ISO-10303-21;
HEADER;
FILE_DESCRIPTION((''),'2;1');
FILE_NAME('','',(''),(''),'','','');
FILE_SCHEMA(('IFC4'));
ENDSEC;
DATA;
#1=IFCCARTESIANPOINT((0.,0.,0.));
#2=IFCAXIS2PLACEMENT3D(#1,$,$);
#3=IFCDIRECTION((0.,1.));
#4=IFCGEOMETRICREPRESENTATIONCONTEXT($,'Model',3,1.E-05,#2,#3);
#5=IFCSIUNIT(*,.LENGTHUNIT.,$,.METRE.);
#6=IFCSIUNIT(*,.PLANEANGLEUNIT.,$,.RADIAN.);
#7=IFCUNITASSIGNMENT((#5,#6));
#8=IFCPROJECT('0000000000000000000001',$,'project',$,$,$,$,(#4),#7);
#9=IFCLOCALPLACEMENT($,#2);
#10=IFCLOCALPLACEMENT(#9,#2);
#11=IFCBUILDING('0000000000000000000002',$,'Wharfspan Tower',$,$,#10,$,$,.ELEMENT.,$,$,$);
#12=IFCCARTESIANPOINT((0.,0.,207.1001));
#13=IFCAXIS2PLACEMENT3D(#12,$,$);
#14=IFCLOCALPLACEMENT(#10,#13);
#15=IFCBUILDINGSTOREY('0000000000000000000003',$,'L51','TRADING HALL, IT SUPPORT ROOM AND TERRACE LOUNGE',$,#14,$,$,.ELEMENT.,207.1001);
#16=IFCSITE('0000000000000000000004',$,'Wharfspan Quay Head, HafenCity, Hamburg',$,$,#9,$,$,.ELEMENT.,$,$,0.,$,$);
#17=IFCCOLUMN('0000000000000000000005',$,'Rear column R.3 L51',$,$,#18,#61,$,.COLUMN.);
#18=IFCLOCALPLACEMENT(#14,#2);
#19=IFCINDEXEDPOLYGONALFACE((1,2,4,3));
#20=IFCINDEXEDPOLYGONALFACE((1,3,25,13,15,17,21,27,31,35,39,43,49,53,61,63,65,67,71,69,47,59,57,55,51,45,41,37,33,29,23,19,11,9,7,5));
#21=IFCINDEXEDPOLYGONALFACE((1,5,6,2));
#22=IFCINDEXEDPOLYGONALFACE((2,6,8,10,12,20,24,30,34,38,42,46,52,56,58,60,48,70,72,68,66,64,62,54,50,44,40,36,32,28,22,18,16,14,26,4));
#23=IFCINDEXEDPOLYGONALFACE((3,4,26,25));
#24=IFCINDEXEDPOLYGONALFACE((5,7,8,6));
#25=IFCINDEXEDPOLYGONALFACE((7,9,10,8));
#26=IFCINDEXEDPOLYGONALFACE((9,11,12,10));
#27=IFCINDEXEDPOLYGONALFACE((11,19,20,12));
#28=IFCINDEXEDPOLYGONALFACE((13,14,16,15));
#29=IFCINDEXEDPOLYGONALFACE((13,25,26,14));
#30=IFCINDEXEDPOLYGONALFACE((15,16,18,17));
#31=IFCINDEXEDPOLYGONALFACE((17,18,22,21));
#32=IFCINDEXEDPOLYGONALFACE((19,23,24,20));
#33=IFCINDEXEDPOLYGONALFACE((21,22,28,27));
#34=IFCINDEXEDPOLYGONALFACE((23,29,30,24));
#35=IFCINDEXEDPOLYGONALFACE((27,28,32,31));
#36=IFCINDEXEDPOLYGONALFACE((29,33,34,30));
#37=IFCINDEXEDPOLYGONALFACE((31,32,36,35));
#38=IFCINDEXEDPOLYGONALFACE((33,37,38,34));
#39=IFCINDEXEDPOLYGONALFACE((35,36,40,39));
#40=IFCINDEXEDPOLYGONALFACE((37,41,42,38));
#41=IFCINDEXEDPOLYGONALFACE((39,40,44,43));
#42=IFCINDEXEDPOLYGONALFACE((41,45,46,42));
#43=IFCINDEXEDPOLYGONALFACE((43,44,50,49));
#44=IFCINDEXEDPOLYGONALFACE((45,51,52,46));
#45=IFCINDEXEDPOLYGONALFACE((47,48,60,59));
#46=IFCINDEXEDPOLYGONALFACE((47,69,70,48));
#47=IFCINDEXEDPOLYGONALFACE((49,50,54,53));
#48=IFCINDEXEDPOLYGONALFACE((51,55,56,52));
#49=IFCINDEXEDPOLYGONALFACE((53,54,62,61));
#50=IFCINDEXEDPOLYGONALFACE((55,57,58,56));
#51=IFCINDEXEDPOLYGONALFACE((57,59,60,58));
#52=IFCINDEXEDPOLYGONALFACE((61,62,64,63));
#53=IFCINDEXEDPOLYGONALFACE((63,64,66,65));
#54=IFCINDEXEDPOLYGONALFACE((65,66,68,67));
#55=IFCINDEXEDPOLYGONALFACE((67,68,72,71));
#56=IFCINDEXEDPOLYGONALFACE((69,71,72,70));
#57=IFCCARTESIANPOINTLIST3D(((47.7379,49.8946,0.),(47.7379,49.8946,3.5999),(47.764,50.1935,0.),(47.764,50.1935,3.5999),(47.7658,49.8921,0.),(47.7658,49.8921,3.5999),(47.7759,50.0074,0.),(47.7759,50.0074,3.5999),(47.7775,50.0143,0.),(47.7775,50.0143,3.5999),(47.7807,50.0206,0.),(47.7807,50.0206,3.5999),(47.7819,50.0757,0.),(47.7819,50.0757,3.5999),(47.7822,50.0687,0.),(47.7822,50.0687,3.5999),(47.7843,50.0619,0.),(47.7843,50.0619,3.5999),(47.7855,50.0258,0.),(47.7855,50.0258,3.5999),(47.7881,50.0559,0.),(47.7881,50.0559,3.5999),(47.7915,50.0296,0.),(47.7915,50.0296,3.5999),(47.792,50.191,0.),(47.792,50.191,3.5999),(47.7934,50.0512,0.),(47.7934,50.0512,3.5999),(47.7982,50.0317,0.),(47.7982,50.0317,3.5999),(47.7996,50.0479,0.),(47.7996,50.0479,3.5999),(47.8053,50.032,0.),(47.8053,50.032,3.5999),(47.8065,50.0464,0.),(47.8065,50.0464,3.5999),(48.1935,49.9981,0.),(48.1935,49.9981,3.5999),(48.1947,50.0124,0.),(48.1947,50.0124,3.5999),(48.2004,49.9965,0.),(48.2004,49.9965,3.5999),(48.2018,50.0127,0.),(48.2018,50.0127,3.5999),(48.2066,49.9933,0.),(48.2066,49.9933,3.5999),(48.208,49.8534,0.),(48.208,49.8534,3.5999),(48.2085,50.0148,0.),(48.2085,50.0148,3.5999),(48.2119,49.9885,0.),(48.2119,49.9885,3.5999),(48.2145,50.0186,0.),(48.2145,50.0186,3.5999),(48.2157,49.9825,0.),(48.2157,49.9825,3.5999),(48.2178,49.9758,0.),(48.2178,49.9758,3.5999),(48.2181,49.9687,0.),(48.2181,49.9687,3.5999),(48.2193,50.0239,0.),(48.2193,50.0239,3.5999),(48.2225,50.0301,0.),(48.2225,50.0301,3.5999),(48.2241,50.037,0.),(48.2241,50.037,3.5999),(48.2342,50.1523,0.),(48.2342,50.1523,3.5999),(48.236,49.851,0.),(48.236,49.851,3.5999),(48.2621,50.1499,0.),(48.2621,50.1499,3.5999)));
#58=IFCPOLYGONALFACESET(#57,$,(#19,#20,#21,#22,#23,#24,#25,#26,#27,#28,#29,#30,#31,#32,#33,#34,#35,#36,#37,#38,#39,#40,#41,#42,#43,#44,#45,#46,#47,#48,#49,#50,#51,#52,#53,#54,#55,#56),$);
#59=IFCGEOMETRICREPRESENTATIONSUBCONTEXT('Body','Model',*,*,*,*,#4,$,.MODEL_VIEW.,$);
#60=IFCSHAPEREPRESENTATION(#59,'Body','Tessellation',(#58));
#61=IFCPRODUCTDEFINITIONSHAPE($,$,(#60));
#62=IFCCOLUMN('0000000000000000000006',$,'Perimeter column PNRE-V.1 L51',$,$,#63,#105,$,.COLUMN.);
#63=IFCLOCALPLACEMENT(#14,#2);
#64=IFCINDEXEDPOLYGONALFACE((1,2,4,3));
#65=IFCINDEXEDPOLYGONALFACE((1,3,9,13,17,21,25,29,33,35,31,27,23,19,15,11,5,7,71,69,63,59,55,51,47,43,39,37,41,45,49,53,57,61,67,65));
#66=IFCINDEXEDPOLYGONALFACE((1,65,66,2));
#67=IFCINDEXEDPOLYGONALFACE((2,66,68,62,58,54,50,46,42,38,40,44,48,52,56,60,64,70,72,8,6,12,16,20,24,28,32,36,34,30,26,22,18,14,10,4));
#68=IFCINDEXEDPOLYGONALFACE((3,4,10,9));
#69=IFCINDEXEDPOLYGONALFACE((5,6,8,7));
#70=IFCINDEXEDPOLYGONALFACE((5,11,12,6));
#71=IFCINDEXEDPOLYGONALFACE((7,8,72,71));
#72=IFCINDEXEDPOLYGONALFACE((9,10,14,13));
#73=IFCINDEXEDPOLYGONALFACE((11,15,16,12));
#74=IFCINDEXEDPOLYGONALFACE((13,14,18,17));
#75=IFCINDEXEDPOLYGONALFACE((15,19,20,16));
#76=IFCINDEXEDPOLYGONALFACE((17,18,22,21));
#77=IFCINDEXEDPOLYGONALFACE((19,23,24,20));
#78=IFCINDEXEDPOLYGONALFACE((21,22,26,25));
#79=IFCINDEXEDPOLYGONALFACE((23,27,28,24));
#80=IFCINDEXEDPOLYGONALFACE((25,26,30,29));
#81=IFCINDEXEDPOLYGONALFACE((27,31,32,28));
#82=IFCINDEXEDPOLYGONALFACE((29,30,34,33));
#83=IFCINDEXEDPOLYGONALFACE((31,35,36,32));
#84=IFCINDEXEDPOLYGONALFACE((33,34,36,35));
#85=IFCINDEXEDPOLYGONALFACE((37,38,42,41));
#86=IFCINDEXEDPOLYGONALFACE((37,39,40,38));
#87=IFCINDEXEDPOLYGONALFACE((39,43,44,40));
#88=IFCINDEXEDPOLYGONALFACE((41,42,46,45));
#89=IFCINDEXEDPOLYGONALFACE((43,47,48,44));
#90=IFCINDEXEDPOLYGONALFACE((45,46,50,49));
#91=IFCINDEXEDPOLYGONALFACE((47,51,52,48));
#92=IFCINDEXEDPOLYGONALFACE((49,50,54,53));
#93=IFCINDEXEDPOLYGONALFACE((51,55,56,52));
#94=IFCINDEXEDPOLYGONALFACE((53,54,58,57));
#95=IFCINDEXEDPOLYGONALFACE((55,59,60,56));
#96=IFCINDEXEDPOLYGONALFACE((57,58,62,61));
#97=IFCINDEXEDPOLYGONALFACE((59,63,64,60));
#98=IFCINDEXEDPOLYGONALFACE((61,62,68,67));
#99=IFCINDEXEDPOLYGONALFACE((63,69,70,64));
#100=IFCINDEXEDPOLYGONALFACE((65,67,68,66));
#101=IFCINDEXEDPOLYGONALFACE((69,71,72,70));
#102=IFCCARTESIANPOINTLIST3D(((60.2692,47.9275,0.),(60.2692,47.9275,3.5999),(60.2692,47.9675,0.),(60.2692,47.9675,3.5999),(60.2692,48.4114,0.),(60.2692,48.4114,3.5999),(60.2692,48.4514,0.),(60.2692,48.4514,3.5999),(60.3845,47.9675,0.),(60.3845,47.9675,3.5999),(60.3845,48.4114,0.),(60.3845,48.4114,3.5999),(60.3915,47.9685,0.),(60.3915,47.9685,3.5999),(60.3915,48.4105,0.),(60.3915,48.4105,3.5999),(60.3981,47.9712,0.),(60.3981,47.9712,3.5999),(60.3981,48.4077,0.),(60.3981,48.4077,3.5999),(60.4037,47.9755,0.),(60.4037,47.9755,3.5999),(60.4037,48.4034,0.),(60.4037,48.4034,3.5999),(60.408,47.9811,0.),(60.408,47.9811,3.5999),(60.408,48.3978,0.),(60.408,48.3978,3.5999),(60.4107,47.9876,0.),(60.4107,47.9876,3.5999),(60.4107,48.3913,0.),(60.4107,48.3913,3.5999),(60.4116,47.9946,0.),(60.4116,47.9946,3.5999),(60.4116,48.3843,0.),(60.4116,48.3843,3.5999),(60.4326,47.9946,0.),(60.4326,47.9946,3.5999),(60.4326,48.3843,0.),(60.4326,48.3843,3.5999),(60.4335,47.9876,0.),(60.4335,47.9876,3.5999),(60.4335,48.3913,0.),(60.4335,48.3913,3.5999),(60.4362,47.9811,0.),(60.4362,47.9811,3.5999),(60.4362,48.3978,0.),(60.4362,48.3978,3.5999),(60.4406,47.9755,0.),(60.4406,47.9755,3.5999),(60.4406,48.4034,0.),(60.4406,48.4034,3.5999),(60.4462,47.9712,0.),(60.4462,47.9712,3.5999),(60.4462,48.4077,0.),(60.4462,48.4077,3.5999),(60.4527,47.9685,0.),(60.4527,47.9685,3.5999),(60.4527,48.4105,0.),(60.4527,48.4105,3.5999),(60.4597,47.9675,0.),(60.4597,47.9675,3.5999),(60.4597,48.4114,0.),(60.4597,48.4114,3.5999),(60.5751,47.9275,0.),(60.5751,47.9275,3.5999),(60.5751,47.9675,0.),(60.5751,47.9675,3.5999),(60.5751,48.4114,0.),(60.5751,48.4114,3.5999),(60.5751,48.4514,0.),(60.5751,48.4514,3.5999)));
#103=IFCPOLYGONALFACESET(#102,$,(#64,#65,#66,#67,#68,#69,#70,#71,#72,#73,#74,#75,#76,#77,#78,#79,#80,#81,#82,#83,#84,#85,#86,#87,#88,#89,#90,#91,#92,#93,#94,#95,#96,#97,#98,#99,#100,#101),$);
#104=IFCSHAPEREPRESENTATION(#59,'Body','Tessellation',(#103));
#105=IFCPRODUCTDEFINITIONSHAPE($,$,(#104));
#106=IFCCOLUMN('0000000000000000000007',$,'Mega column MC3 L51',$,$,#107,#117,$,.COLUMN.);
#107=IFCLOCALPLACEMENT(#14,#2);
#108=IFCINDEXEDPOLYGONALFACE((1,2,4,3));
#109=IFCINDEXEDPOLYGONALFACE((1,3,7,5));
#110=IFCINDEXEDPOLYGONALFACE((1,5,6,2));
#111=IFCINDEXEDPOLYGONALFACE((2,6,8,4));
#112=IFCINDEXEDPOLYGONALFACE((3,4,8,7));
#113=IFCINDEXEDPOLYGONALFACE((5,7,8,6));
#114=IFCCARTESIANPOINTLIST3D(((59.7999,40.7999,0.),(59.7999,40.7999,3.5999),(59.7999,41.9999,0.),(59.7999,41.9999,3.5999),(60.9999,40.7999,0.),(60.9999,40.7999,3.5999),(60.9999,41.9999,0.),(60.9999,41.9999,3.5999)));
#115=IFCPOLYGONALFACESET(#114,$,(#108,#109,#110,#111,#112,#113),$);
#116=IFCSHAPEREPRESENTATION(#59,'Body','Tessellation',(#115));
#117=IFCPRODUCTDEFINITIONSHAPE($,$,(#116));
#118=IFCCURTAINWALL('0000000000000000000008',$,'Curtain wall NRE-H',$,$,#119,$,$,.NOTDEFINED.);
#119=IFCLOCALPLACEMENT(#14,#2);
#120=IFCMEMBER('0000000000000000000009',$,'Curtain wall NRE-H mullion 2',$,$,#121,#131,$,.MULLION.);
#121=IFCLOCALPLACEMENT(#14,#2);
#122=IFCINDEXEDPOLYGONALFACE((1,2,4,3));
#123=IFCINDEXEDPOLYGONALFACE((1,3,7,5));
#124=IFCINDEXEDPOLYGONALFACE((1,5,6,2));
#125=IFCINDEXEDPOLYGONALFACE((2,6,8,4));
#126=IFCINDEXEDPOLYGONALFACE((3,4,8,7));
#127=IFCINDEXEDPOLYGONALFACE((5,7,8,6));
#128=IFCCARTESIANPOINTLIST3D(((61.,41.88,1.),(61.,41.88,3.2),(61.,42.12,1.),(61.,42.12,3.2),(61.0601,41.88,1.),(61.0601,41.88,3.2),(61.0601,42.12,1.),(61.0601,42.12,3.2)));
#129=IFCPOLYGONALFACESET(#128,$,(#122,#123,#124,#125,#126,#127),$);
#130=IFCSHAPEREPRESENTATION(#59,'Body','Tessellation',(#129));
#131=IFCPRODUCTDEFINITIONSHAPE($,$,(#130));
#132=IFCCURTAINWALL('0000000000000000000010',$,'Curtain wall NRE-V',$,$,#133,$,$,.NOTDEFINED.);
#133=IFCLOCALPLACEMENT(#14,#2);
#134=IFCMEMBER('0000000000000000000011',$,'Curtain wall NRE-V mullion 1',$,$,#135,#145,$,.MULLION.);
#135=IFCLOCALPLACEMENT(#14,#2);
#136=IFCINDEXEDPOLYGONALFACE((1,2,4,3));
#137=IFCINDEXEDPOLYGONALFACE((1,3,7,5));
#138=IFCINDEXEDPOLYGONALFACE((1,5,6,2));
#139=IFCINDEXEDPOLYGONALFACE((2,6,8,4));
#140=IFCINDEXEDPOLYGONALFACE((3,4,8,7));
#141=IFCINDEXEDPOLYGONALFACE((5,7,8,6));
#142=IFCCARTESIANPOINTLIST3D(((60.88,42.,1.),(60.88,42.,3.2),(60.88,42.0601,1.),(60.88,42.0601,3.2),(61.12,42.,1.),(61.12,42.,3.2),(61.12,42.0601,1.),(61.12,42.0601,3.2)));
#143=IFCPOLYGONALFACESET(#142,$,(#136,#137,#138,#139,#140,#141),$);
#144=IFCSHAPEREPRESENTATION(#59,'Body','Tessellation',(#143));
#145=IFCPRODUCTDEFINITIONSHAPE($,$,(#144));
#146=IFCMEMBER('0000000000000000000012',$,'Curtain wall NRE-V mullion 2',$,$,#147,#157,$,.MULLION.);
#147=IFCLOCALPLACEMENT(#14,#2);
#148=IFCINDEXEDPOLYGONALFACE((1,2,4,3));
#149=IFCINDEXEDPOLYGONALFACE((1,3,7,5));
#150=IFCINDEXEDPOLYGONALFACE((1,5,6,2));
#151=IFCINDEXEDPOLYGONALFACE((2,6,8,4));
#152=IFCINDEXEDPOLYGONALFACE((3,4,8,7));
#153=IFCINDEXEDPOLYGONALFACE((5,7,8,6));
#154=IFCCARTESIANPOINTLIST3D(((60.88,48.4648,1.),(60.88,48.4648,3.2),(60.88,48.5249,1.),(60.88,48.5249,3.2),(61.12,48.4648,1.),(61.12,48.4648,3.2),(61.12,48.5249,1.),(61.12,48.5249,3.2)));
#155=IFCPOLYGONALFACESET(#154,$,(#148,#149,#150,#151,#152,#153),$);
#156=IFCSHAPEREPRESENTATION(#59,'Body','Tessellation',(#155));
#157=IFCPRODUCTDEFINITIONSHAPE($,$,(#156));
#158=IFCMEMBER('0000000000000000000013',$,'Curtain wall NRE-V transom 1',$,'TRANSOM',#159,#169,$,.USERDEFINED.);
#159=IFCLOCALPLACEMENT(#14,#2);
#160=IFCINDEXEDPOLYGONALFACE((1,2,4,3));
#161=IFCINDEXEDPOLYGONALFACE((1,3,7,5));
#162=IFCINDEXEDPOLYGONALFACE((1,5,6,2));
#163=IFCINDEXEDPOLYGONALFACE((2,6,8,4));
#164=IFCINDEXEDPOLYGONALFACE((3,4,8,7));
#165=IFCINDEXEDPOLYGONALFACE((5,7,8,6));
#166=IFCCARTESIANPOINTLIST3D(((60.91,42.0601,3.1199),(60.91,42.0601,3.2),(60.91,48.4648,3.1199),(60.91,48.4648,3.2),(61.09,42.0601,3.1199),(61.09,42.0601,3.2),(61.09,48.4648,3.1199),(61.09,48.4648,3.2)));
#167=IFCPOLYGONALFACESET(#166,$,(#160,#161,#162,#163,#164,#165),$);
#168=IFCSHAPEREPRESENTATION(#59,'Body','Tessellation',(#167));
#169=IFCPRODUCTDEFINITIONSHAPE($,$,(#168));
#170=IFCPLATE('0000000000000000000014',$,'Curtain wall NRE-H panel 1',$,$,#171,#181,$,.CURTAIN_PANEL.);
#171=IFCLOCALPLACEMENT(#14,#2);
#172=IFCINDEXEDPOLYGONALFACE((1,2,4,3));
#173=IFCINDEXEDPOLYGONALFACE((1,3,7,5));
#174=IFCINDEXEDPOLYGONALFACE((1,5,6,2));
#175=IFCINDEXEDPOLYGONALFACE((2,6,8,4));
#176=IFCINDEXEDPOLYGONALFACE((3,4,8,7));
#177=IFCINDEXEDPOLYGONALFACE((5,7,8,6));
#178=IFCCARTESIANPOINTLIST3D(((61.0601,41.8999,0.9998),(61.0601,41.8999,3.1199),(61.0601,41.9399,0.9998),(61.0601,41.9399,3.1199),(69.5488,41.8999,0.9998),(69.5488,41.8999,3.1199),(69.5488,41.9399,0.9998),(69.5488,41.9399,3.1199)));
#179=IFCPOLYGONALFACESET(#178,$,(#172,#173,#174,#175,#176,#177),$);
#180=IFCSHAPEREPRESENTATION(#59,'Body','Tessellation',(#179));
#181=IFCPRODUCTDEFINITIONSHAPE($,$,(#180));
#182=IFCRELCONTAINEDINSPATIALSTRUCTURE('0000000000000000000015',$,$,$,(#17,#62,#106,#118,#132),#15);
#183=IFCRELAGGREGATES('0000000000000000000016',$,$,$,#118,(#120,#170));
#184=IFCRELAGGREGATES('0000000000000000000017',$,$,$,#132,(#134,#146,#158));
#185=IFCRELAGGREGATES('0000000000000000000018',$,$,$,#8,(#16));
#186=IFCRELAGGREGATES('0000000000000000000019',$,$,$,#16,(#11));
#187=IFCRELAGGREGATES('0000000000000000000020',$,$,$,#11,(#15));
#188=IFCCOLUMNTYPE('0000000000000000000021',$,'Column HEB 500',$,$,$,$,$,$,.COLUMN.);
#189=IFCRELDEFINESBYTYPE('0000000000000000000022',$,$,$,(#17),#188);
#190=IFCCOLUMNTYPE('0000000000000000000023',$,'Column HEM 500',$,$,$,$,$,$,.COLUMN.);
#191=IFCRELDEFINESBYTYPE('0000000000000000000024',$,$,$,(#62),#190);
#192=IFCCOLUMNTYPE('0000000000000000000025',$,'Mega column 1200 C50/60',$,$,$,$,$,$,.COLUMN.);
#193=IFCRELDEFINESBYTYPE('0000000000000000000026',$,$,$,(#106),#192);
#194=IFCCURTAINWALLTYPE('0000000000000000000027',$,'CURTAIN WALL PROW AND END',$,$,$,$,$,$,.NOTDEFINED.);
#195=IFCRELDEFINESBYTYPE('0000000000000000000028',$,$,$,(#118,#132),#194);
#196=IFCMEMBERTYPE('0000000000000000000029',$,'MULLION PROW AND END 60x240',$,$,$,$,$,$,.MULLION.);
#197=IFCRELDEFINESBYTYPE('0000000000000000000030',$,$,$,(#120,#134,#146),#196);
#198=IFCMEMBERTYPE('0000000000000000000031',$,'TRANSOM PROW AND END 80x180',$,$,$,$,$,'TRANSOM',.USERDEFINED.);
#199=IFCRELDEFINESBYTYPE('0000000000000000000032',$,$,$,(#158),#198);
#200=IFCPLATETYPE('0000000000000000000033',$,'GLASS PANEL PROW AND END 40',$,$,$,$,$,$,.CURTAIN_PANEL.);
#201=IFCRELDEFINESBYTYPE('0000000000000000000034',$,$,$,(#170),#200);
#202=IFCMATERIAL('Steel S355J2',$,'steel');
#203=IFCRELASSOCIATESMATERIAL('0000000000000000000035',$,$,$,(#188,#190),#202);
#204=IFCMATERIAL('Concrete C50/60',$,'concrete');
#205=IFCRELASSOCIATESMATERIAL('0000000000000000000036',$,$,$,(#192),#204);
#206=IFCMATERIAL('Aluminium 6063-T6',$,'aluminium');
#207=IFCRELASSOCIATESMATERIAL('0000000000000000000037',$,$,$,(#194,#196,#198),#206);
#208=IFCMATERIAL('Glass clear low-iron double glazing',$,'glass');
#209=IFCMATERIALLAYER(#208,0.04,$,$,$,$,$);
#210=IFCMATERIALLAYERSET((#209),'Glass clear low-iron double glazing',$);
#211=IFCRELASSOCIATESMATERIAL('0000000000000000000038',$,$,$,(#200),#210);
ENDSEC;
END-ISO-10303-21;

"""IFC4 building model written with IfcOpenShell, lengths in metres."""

from ifc_helpers import new_model, si_unit, direction, frame, origin, origin_2d, place, context, subcontext, project, spatial, rectangle, i_section, extrude, material, layer, layer_set, material_profile, profile_set, type_object, element, aggregate, save


model = new_model("IFC4")

# Units and contexts
model_context = context("Model", 3, precision=1e-05, world=origin(), true_north=direction((0.0, 1.0)))
body_context = subcontext(model_context, "Body", "Model", "MODEL_VIEW")
ifc_project = project(units=[si_unit("LENGTHUNIT", "METRE"), si_unit("PLANEANGLEUNIT", "RADIAN")], contexts=[model_context])

# Site, building, storey
site_placement = place(None, origin())
site = spatial("IfcSite", under=ifc_project, at=site_placement, Name="Wharfspan Quay Head, HafenCity, Hamburg", CompositionType="ELEMENT", RefElevation=0.0)
building_placement = place(site_placement, origin())
building = spatial("IfcBuilding", under=site, at=building_placement, Name="Wharfspan Tower", CompositionType="ELEMENT")
storey_placement = place(building_placement, frame((0.0, 0.0, 207.1001)))
storey = spatial("IfcBuildingStorey", under=building, at=storey_placement, Name="L51", Description="TRADING HALL, IT SUPPORT ROOM AND TERRACE LOUNGE", CompositionType="ELEMENT", Elevation=207.1001)

# Columns
ifc_material_1 = material(Name="Steel S355J2", Category="steel")
ifc_material_profile_1 = material_profile(ifc_material_1, i_section(OverallWidth=0.3, OverallDepth=0.5, WebThickness=0.0144, FlangeThickness=0.0281, FilletRadius=0.0271, at=origin_2d()))
ifc_profile_set_1 = profile_set([ifc_material_profile_1], Name="Steel S355J2")
column_type_1 = type_object("IfcColumnType", Name="Column HEB 500", PredefinedType="COLUMN", material=ifc_profile_set_1)
column_1_placement = place(storey_placement, frame((48.0, 50.0222, 0.0), z_axis=(0.0, 0.0, 1.0), x_axis=(0.087156, 0.996197, 0.0)))
element("IfcColumn", 1, at=column_1_placement, inside=storey, type_object=column_type_1, Name="Rear column R.3 L51", PredefinedType="COLUMN", context=body_context, shape_type="SweptSolid", body=[
    extrude(i_section(OverallWidth=0.3, OverallDepth=0.5, WebThickness=0.0144, FlangeThickness=0.0281, FilletRadius=0.0271, at=origin_2d()), origin(), (0.0, 0.0, 1.0), 3.5999),
])
ifc_material_profile_2 = material_profile(ifc_material_1, i_section(OverallWidth=0.3059, OverallDepth=0.5239, WebThickness=0.021, FlangeThickness=0.04, FilletRadius=0.0271, at=origin_2d()))
ifc_profile_set_2 = profile_set([ifc_material_profile_2], Name="Steel S355J2")
column_type_2 = type_object("IfcColumnType", Name="Column HEM 500", PredefinedType="COLUMN", material=ifc_profile_set_2)
column_2_placement = place(storey_placement, frame((60.4221, 48.1895, 0.0), z_axis=(0.0, 0.0, 1.0), x_axis=(1.0, 0.0, 0.0)))
element("IfcColumn", 2, at=column_2_placement, inside=storey, type_object=column_type_2, Name="Perimeter column PNRE-V.1 L51", PredefinedType="COLUMN", context=body_context, shape_type="SweptSolid", body=[
    extrude(i_section(OverallWidth=0.3059, OverallDepth=0.5239, WebThickness=0.021, FlangeThickness=0.04, FilletRadius=0.0271, at=origin_2d()), origin(), (0.0, 0.0, 1.0), 3.5999),
])
ifc_material_2 = material(Name="Concrete C50/60", Category="concrete")
ifc_material_profile_3 = material_profile(ifc_material_2, rectangle(XDim=1.2, YDim=1.2, at=origin_2d()))
ifc_profile_set_3 = profile_set([ifc_material_profile_3], Name="Concrete C50/60")
column_type_3 = type_object("IfcColumnType", Name="Mega column 1200 C50/60", PredefinedType="COLUMN", material=ifc_profile_set_3)
column_3_placement = place(storey_placement, frame((60.3999, 41.3999, 0.0), z_axis=(0.0, 0.0, 1.0), x_axis=(1.0, 0.0, 0.0)))
element("IfcColumn", 3, at=column_3_placement, inside=storey, type_object=column_type_3, Name="Mega column MC3 L51", PredefinedType="COLUMN", context=body_context, shape_type="SweptSolid", body=[
    extrude(rectangle(XDim=1.2, YDim=1.2, at=origin_2d()), origin(), (0.0, 0.0, 1.0), 3.5999),
])

# Curtain wall, member
ifc_material_3 = material(Name="Aluminium 6063-T6", Category="aluminium")
curtain_wall_type = type_object("IfcCurtainWallType", Name="CURTAIN WALL PROW AND END", PredefinedType="NOTDEFINED", material=ifc_material_3)
curtain_wall_1_placement = place(storey_placement, origin())
curtain_wall_1 = element("IfcCurtainWall", 4, at=curtain_wall_1_placement, inside=storey, type_object=curtain_wall_type, Name="Curtain wall NRE-H", PredefinedType="NOTDEFINED")
ifc_material_profile_4 = material_profile(ifc_material_3, rectangle(XDim=0.24, YDim=0.0601, at=origin_2d()))
ifc_profile_set_4 = profile_set([ifc_material_profile_4], Name="Aluminium 6063-T6")
member_type_1 = type_object("IfcMemberType", Name="MULLION PROW AND END 60x240", PredefinedType="MULLION", material=ifc_profile_set_4)
member_1_placement = place(storey_placement, frame((61.03, 42.0, 1.0), z_axis=(0.0, 0.0, 1.0), x_axis=(0.0, -1.0, 0.0)))
member_1 = element("IfcMember", 5, at=member_1_placement, type_object=member_type_1, Name="Curtain wall NRE-H mullion 2", PredefinedType="MULLION", context=body_context, shape_type="SweptSolid", body=[
    extrude(rectangle(XDim=0.24, YDim=0.0601, at=origin_2d()), origin(), (0.0, 0.0, 1.0), 2.2),
])

# Curtain wall, members
curtain_wall_2_placement = place(storey_placement, origin())
curtain_wall_2 = element("IfcCurtainWall", 6, at=curtain_wall_2_placement, inside=storey, type_object=curtain_wall_type, Name="Curtain wall NRE-V", PredefinedType="NOTDEFINED")
member_2_placement = place(storey_placement, frame((61.0, 42.03, 1.0), z_axis=(0.0, 0.0, 1.0), x_axis=(-1.0, 0.0, 0.0)))
member_2 = element("IfcMember", 7, at=member_2_placement, type_object=member_type_1, Name="Curtain wall NRE-V mullion 1", PredefinedType="MULLION", context=body_context, shape_type="SweptSolid", body=[
    extrude(rectangle(XDim=0.24, YDim=0.0601, at=origin_2d()), origin(), (0.0, 0.0, 1.0), 2.2),
])
member_3_placement = place(storey_placement, frame((61.0, 48.4949, 1.0), z_axis=(0.0, 0.0, 1.0), x_axis=(-1.0, 0.0, 0.0)))
member_3 = element("IfcMember", 8, at=member_3_placement, type_object=member_type_1, Name="Curtain wall NRE-V mullion 2", PredefinedType="MULLION", context=body_context, shape_type="SweptSolid", body=[
    extrude(rectangle(XDim=0.24, YDim=0.0601, at=origin_2d()), origin(), (0.0, 0.0, 1.0), 2.2),
])
ifc_material_profile_5 = material_profile(ifc_material_3, rectangle(XDim=0.1799, YDim=0.0801, at=origin_2d()))
ifc_profile_set_5 = profile_set([ifc_material_profile_5], Name="Aluminium 6063-T6")
member_type_2 = type_object("IfcMemberType", Name="TRANSOM PROW AND END 80x180", ElementType="TRANSOM", PredefinedType="USERDEFINED", material=ifc_profile_set_5)
member_4_placement = place(storey_placement, frame((61.0, 42.0601, 3.1599), z_axis=(0.0, 1.0, 0.0), x_axis=(-1.0, 0.0, 0.0)))
member_4 = element("IfcMember", 9, at=member_4_placement, type_object=member_type_2, Name="Curtain wall NRE-V transom 1", ObjectType="TRANSOM", PredefinedType="USERDEFINED", context=body_context, shape_type="SweptSolid", body=[
    extrude(rectangle(XDim=0.1799, YDim=0.0801, at=origin_2d()), origin(), (0.0, 0.0, 1.0), 6.4048),
])

# Plate
ifc_material_4 = material(Name="Glass clear low-iron double glazing", Category="glass")
ifc_layer_1 = layer(ifc_material_4, 0.04)
ifc_layer_set_1 = layer_set([ifc_layer_1], Name="Glass clear low-iron double glazing")
plate_type = type_object("IfcPlateType", Name="GLASS PANEL PROW AND END 40", PredefinedType="CURTAIN_PANEL", material=ifc_layer_set_1)
plate_1_placement = place(storey_placement, frame((65.3044, 41.9199, 0.9998), z_axis=(0.0, 0.0, 1.0), x_axis=(-1.0, 0.0, 0.0)))
plate_1 = element("IfcPlate", 10, at=plate_1_placement, type_object=plate_type, Name="Curtain wall NRE-H panel 1", PredefinedType="CURTAIN_PANEL", context=body_context, shape_type="SweptSolid", body=[
    extrude(rectangle(XDim=8.4888, YDim=0.04, at=origin_2d()), origin(), (0.0, 0.0, 1.0), 2.1201),
])
aggregate(curtain_wall_1, [member_1, plate_1])
aggregate(curtain_wall_2, [member_2, member_3, member_4])

save(model, "model.ifc")
